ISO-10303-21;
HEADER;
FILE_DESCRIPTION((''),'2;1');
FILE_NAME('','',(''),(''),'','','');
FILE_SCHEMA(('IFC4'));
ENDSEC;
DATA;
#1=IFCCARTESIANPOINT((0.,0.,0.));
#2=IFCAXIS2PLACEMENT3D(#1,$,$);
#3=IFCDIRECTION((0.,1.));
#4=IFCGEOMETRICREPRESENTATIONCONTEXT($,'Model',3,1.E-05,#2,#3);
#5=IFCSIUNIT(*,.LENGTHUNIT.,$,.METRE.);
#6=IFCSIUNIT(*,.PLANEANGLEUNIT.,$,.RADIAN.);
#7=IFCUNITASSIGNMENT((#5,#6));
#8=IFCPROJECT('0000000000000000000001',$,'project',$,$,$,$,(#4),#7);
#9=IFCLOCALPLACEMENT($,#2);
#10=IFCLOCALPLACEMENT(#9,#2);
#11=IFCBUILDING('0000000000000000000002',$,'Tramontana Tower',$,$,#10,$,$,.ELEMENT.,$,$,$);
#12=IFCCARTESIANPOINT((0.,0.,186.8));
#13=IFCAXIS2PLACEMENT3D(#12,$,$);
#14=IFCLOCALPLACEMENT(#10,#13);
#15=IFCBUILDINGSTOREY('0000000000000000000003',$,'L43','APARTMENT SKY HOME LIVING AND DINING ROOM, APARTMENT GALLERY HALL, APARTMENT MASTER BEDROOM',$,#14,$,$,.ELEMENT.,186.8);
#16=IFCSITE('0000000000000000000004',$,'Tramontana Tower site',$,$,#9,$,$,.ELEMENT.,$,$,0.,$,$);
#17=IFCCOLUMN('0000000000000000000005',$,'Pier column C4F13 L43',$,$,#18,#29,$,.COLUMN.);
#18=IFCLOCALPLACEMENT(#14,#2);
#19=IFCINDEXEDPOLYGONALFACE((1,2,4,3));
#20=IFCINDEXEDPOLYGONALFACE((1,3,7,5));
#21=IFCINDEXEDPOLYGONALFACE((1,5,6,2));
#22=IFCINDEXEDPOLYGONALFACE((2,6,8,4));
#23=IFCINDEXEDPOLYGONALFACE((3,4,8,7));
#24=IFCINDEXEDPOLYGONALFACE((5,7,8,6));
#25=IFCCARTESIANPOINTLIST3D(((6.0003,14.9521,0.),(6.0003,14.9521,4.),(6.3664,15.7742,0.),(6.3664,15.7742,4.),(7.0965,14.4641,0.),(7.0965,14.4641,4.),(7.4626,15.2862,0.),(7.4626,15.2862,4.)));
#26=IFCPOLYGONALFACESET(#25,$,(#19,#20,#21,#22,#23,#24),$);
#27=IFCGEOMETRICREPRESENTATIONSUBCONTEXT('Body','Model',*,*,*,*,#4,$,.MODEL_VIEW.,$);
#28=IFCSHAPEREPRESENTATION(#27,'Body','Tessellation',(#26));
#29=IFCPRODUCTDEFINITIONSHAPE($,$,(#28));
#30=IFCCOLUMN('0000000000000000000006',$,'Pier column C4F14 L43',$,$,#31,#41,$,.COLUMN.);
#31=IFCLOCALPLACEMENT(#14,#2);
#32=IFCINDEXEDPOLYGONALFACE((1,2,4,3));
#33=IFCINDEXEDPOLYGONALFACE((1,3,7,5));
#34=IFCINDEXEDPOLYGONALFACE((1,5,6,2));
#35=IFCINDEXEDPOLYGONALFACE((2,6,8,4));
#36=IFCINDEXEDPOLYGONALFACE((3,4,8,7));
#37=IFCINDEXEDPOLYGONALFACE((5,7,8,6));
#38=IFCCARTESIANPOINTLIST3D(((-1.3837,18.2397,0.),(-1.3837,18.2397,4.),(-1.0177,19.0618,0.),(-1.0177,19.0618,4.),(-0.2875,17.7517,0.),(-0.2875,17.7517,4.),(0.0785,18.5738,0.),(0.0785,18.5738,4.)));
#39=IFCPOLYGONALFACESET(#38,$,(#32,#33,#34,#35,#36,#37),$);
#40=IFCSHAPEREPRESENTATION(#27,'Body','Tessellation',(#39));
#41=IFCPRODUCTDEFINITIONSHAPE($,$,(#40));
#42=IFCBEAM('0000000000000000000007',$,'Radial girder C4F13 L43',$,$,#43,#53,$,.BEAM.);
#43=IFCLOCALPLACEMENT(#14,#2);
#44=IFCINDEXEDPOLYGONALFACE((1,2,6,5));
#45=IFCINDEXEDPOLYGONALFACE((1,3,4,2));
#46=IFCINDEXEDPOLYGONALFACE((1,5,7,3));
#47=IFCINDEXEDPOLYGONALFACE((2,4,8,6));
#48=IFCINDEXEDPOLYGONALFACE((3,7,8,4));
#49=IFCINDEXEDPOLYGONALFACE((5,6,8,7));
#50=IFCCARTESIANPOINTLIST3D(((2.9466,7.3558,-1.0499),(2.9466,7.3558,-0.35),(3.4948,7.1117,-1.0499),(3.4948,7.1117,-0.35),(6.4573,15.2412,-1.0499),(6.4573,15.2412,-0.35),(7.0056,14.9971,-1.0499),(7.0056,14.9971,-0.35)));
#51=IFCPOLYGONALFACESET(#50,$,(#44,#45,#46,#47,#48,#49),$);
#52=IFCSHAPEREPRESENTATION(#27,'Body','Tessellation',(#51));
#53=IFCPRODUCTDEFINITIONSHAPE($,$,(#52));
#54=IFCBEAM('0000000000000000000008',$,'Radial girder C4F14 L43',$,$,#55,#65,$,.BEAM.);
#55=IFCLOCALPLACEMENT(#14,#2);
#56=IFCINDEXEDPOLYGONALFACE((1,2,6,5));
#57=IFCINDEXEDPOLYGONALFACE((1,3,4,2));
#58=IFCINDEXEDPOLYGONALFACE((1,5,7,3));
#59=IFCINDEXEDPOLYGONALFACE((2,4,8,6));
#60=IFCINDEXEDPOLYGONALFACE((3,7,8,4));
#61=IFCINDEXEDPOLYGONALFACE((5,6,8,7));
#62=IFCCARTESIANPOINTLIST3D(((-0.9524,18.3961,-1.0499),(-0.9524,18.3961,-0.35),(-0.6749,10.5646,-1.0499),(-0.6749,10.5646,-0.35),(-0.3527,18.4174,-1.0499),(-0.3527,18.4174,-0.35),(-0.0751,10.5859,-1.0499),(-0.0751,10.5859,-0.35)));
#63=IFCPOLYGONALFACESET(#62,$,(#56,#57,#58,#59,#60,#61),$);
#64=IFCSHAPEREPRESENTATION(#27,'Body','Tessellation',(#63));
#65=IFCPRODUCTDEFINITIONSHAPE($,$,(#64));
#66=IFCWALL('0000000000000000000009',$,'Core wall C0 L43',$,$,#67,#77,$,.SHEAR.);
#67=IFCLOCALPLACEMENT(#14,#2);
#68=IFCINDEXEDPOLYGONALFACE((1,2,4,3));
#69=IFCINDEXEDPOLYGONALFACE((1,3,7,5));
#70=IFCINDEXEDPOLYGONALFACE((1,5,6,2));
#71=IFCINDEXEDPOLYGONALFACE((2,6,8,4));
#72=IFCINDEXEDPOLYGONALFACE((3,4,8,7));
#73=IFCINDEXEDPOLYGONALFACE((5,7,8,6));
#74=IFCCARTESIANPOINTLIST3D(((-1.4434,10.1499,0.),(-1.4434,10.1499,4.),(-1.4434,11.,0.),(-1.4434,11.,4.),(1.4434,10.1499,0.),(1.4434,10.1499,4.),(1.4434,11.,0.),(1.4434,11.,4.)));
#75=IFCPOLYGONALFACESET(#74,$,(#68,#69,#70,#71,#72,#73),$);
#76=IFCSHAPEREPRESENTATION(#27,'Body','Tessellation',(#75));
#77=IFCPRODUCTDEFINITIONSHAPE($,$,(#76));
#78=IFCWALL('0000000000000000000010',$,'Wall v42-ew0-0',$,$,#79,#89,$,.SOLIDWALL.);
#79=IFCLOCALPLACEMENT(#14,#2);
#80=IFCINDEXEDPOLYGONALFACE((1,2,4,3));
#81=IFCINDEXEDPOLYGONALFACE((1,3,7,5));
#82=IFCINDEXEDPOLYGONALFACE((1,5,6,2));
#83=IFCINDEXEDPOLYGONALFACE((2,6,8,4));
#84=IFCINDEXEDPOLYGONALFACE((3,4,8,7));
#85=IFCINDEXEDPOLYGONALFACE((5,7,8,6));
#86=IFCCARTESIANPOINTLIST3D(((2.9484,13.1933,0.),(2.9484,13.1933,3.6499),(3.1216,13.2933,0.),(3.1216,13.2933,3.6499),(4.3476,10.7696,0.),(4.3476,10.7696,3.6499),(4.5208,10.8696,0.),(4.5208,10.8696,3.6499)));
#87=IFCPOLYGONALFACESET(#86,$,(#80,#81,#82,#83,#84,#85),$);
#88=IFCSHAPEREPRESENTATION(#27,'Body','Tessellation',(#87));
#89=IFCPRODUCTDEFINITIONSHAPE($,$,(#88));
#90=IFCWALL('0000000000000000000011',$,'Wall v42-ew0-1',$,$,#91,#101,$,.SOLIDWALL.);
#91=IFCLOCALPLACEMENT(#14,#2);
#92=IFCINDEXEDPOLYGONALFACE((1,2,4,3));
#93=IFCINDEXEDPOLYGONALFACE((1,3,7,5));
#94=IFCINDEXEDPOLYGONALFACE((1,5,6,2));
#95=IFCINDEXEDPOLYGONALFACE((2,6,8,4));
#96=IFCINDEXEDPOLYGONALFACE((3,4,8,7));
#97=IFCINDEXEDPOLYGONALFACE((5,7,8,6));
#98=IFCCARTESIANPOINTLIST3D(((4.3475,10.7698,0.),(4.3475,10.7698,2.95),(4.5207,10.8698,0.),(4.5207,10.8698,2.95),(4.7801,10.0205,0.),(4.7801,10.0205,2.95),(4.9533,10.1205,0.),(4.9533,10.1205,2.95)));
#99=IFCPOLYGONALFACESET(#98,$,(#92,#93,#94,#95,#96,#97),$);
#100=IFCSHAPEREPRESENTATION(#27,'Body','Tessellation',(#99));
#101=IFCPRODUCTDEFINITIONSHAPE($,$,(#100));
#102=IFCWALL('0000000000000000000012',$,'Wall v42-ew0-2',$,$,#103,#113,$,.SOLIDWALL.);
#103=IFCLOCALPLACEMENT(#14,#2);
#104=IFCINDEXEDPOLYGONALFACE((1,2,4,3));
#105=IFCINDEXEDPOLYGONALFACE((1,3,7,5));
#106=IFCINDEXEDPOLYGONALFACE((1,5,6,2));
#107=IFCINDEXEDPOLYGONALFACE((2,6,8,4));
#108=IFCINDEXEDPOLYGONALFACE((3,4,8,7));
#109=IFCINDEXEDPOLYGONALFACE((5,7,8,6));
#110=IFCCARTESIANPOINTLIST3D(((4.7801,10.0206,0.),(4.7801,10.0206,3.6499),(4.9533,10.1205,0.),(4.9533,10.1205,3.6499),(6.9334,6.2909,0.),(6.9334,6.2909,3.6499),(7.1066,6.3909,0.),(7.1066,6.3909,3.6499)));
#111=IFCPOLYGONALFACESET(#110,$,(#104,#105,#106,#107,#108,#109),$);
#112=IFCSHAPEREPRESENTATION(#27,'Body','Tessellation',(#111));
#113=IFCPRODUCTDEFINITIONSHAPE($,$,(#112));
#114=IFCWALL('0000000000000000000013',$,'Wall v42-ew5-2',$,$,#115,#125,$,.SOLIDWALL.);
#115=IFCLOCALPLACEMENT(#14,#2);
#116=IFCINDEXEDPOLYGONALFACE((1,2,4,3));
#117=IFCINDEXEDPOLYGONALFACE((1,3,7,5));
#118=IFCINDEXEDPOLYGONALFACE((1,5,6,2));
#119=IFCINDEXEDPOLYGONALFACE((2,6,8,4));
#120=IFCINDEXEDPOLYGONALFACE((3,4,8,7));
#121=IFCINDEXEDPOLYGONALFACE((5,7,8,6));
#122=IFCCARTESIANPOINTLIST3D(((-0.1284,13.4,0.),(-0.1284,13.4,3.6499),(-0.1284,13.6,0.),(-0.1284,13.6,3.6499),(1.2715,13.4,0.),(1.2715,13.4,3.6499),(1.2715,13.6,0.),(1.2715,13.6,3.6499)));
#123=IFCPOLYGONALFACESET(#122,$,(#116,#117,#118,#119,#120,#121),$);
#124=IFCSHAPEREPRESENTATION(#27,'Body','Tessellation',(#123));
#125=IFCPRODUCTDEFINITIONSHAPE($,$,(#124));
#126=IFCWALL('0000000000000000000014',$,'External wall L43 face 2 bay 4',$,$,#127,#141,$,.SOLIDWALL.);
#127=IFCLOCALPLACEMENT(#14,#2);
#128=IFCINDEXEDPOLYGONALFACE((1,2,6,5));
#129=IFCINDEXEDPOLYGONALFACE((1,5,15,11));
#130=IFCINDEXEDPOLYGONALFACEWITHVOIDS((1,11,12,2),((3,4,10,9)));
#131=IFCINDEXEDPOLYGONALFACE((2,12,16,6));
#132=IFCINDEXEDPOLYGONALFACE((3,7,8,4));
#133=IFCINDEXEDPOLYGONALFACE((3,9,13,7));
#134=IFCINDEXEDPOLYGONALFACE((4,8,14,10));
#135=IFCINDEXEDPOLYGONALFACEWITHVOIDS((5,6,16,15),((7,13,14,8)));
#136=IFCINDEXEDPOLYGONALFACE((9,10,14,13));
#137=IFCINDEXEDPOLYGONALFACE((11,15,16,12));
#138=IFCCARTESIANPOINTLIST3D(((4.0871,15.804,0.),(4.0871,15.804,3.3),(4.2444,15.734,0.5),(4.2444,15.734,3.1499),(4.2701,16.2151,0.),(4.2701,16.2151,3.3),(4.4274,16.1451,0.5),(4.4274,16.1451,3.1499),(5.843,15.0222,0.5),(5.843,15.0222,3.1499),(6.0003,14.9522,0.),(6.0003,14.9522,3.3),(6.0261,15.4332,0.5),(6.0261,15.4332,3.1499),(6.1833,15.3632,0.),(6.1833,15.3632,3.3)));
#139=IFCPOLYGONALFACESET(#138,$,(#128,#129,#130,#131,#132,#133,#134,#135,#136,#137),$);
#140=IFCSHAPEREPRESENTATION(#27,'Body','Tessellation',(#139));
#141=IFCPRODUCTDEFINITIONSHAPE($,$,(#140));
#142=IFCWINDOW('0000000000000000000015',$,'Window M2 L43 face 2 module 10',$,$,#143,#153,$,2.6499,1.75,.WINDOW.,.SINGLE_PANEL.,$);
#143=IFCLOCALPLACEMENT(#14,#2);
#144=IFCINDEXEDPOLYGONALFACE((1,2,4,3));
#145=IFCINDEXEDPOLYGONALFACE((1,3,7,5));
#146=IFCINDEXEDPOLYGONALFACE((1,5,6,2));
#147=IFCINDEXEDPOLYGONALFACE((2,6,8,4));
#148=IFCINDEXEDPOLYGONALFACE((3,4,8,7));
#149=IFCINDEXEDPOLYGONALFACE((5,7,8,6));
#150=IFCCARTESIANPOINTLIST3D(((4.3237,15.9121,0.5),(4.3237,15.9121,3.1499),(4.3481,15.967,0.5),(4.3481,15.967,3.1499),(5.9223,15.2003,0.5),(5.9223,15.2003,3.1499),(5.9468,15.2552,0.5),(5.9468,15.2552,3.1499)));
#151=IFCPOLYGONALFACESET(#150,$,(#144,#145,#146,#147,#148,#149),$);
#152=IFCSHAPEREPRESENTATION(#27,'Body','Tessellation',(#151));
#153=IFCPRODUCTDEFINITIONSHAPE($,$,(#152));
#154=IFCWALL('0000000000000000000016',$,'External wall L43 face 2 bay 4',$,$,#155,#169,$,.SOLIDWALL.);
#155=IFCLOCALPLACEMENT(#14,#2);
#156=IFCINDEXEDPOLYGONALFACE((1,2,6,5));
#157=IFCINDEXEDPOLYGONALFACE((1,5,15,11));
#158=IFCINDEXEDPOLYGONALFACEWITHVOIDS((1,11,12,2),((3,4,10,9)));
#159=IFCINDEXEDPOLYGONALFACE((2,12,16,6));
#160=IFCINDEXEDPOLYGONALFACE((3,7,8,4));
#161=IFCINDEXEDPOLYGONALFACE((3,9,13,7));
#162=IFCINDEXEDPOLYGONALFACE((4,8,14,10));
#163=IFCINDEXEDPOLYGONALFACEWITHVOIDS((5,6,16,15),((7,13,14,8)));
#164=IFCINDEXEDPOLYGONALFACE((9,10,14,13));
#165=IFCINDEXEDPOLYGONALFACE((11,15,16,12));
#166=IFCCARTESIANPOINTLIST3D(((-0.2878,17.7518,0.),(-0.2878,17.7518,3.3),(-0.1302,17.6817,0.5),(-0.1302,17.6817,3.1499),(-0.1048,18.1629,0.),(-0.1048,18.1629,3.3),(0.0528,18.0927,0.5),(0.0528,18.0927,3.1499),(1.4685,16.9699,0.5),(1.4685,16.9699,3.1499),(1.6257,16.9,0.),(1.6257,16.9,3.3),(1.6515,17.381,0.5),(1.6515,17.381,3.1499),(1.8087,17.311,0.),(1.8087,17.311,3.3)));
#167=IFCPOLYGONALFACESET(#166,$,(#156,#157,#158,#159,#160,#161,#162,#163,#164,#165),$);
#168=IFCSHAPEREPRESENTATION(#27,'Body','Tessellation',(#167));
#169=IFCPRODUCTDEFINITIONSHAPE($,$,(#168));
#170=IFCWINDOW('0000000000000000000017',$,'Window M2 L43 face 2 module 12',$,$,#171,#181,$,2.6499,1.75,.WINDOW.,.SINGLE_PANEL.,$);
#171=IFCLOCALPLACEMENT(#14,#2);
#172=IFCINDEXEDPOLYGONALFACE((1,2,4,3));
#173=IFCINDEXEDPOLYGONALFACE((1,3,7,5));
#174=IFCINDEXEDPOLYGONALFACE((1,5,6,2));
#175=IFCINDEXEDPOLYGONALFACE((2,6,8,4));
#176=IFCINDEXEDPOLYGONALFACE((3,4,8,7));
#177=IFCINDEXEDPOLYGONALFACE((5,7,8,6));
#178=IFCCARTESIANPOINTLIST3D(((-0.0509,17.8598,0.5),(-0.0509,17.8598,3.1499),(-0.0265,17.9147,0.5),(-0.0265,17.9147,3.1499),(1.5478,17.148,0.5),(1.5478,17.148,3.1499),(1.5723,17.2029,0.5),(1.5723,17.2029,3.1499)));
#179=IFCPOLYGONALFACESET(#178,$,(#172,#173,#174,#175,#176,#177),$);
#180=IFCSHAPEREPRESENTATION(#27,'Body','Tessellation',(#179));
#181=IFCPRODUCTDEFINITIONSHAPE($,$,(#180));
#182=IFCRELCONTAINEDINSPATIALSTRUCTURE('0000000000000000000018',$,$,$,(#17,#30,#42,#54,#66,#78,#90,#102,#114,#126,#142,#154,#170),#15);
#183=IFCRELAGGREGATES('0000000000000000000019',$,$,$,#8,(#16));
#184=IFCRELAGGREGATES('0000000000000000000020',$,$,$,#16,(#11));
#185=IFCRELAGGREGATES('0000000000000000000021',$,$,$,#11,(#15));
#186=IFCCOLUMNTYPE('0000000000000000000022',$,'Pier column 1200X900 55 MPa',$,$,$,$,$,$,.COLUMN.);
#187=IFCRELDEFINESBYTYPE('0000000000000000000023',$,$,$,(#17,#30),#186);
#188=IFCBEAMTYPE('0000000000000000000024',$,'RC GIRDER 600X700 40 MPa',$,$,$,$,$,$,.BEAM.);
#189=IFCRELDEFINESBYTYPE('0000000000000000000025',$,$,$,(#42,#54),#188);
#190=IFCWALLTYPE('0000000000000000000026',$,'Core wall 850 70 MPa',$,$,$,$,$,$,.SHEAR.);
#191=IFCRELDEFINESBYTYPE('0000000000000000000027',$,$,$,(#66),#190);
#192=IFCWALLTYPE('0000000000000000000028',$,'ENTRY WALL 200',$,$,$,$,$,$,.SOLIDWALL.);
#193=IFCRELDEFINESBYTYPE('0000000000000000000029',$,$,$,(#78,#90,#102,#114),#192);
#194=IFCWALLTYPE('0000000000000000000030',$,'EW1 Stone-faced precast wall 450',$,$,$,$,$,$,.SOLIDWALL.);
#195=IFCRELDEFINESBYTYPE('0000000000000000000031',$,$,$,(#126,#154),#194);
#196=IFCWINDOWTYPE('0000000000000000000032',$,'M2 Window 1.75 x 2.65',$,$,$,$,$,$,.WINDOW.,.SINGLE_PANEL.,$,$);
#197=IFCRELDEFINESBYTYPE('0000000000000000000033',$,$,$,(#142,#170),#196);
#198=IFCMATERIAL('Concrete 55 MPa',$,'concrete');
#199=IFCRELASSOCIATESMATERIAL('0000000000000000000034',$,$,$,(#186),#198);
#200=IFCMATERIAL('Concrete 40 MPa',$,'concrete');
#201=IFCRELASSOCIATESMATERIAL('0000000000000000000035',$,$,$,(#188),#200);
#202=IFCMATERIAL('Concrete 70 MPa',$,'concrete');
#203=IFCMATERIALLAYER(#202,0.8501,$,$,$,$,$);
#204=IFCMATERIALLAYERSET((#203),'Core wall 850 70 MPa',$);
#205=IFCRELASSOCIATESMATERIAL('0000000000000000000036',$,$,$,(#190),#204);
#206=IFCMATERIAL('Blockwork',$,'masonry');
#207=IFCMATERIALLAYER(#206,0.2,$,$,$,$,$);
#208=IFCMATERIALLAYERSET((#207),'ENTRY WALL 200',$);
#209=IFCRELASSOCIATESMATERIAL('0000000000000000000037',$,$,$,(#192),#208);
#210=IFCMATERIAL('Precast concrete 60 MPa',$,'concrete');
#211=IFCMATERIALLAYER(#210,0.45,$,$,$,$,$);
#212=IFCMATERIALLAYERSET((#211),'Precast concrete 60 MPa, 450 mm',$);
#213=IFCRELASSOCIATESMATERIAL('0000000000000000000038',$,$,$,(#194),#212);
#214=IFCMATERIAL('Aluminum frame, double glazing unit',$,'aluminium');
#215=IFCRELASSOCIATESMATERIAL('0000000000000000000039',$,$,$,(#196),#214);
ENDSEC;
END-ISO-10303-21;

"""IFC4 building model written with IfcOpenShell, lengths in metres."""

from ifc_helpers import new_model, si_unit, direction, frame, frame_2d, origin, origin_2d, place, context, subcontext, project, spatial, rectangle, extrude, material, layer, layer_set, material_profile, profile_set, type_object, element, fill, save


model = new_model("IFC4")

# Units and contexts
model_context = context("Model", 3, precision=1e-05, world=origin(), true_north=direction((0.0, 1.0)))
body_context = subcontext(model_context, "Body", "Model", "MODEL_VIEW")
ifc_project = project(units=[si_unit("LENGTHUNIT", "METRE"), si_unit("PLANEANGLEUNIT", "RADIAN")], contexts=[model_context])

# Site, building, storey
site_placement = place(None, origin())
site = spatial("IfcSite", under=ifc_project, at=site_placement, Name="Tramontana Tower site", CompositionType="ELEMENT", RefElevation=0.0)
building_placement = place(site_placement, origin())
building = spatial("IfcBuilding", under=site, at=building_placement, Name="Tramontana Tower", CompositionType="ELEMENT")
storey_placement = place(building_placement, frame((0.0, 0.0, 186.8)))
storey = spatial("IfcBuildingStorey", under=building, at=storey_placement, Name="L43", Description="APARTMENT SKY HOME LIVING AND DINING ROOM, APARTMENT GALLERY HALL, APARTMENT MASTER BEDROOM", CompositionType="ELEMENT", Elevation=186.8)

# Columns
ifc_material_1 = material(Name="Concrete 55 MPa", Category="concrete")
ifc_material_profile_1 = material_profile(ifc_material_1, rectangle(XDim=1.2, YDim=0.8999, at=origin_2d()), Name="Pier column 1200X900 55 MPa")
ifc_profile_set_1 = profile_set([ifc_material_profile_1], Name="Concrete 55 MPa")
column_type = type_object("IfcColumnType", Name="Pier column 1200X900 55 MPa", PredefinedType="COLUMN", material=ifc_profile_set_1)
for number, where, z_axis, x_axis, name in (
    (1, (6.7314, 15.1191, 0.0), (0.0, 0.0, 1.0), (-0.913545, 0.406737, 0.0), "Pier column C4F13 L43"),
    (2, (-0.6526, 18.4067, 0.0), (0.0, 0.0, 1.0), (-0.913545, 0.406737, 0.0), "Pier column C4F14 L43"),
):
    element("IfcColumn", number, at=place(storey_placement, frame(where, z_axis=z_axis, x_axis=x_axis)), inside=storey, type_object=column_type, Name=name, PredefinedType="COLUMN", context=body_context, shape_type="SweptSolid", body=[
        extrude(rectangle(XDim=1.2, YDim=0.8999, at=origin_2d()), origin(), (0.0, 0.0, 1.0), 4.0),
    ])

# Beams
ifc_material_2 = material(Name="Concrete 40 MPa", Category="concrete")
ifc_material_profile_2 = material_profile(ifc_material_2, rectangle(XDim=0.6001, YDim=0.7, at=origin_2d()), Name="RC GIRDER 600X700 40 MPa")
ifc_profile_set_2 = profile_set([ifc_material_profile_2], Name="Concrete 40 MPa")
beam_type = type_object("IfcBeamType", Name="RC GIRDER 600X700 40 MPa", PredefinedType="BEAM", material=ifc_profile_set_2)
beam_1_placement = place(storey_placement, frame((6.7314, 15.1191, -0.7), z_axis=(-0.406737, -0.913545, 0.0), x_axis=(0.913545, -0.406737, 0.0)))
element("IfcBeam", 3, at=beam_1_placement, inside=storey, type_object=beam_type, Name="Radial girder C4F13 L43", PredefinedType="BEAM", context=body_context, shape_type="SweptSolid", body=[
    extrude(rectangle(XDim=0.6001, YDim=0.7, at=origin_2d()), origin(), (0.0, 0.0, 1.0), 8.6316),
])
beam_2_placement = place(storey_placement, frame((-0.6526, 18.4067, -0.7), z_axis=(0.035423, -0.999372, 0.0), x_axis=(0.999372, 0.035423, 0.0)))
element("IfcBeam", 4, at=beam_2_placement, inside=storey, type_object=beam_type, Name="Radial girder C4F14 L43", PredefinedType="BEAM", context=body_context, shape_type="SweptSolid", body=[
    extrude(rectangle(XDim=0.6001, YDim=0.7, at=origin_2d()), origin(), (0.0, 0.0, 1.0), 7.8364),
])

# Walls
ifc_material_3 = material(Name="Concrete 70 MPa", Category="concrete")
ifc_layer_1 = layer(ifc_material_3, 0.8501)
ifc_layer_set_1 = layer_set([ifc_layer_1], Name="Core wall 850 70 MPa")
wall_type_1 = type_object("IfcWallType", Name="Core wall 850 70 MPa", PredefinedType="SHEAR", material=ifc_layer_set_1)
wall_1_placement = place(storey_placement, frame((1.4434, 10.575, 0.0), z_axis=(0.0, 0.0, 1.0), x_axis=(-1.0, 0.0, 0.0)))
element("IfcWall", 5, at=wall_1_placement, inside=storey, type_object=wall_type_1, Name="Core wall C0 L43", PredefinedType="SHEAR", context=body_context, shape_type="SweptSolid", body=[
    extrude(rectangle(XDim=2.8867, YDim=0.8501, at=frame_2d((1.4434, 0.0))), origin(), (0.0, 0.0, 1.0), 4.0),
])
ifc_material_4 = material(Name="Blockwork", Category="masonry")
ifc_layer_2 = layer(ifc_material_4, 0.2)
ifc_layer_set_2 = layer_set([ifc_layer_2], Name="ENTRY WALL 200")
wall_type_2 = type_object("IfcWallType", Name="ENTRY WALL 200", PredefinedType="SOLIDWALL", material=ifc_layer_set_2)
wall_2_placement = place(storey_placement, frame((3.0349, 13.2434, 0.0), z_axis=(0.0, 0.0, 1.0), x_axis=(0.499977, -0.866039, 0.0)))
element("IfcWall", 6, at=wall_2_placement, inside=storey, type_object=wall_type_2, Name="Wall v42-ew0-0", PredefinedType="SOLIDWALL", context=body_context, shape_type="SweptSolid", body=[
    extrude(rectangle(XDim=2.7986, YDim=0.2, at=frame_2d((1.3994, 0.0))), origin(), (0.0, 0.0, 1.0), 3.6499),
])
wall_3_placement = place(storey_placement, frame((4.4341, 10.8198, 0.0), z_axis=(0.0, 0.0, 1.0), x_axis=(0.500024, -0.866012, 0.0)))
element("IfcWall", 7, at=wall_3_placement, inside=storey, type_object=wall_type_2, Name="Wall v42-ew0-1", PredefinedType="SOLIDWALL", context=body_context, shape_type="SweptSolid", body=[
    extrude(rectangle(XDim=0.8652, YDim=0.2, at=frame_2d((0.4326, 0.0))), origin(), (0.0, 0.0, 1.0), 2.95),
])
wall_4_placement = place(storey_placement, frame((4.8667, 10.0706, 0.0), z_axis=(0.0, 0.0, 1.0), x_axis=(0.499992, -0.86603, 0.0)))
element("IfcWall", 8, at=wall_4_placement, inside=storey, type_object=wall_type_2, Name="Wall v42-ew0-2", PredefinedType="SOLIDWALL", context=body_context, shape_type="SweptSolid", body=[
    extrude(rectangle(XDim=4.3066, YDim=0.2, at=frame_2d((2.1533, 0.0))), origin(), (0.0, 0.0, 1.0), 3.6499),
])
wall_5_placement = place(storey_placement, frame((-0.1284, 13.5, 0.0), z_axis=(0.0, 0.0, 1.0), x_axis=(1.0, 0.0, 0.0)))
element("IfcWall", 9, at=wall_5_placement, inside=storey, type_object=wall_type_2, Name="Wall v42-ew5-2", PredefinedType="SOLIDWALL", context=body_context, shape_type="SweptSolid", body=[
    extrude(rectangle(XDim=1.3999, YDim=0.2, at=frame_2d((0.7, 0.0))), origin(), (0.0, 0.0, 1.0), 3.6499),
])

# Walls, openings, windows
ifc_material_5 = material(Name="Precast concrete 60 MPa", Category="concrete")
ifc_layer_3 = layer(ifc_material_5, 0.45)
ifc_layer_set_3 = layer_set([ifc_layer_3], Name="Precast concrete 60 MPa, 450 mm")
wall_type_3 = type_object("IfcWallType", Name="EW1 Stone-faced precast wall 450", PredefinedType="SOLIDWALL", material=ifc_layer_set_3)
wall_6_placement = place(storey_placement, frame((6.0918, 15.1577, 0.0), z_axis=(0.0, 0.0, 1.0), x_axis=(-0.913537, 0.406755, 0.0)))
wall_6 = element("IfcWall", 10, at=wall_6_placement, inside=storey, type_object=wall_type_3, Name="External wall L43 face 2 bay 4", PredefinedType="SOLIDWALL", context=body_context, shape_type="SweptSolid", body=[
    extrude(rectangle(XDim=2.0942, YDim=0.45, at=frame_2d((1.0471, 0.0))), origin(), (0.0, 0.0, 1.0), 3.3),
])
opening_1_placement = place(wall_6_placement, frame((0.1721, 0.0, 0.5)))
opening_1 = element("IfcOpeningElement", 11, at=opening_1_placement, cuts=wall_6, PredefinedType="OPENING", context=body_context, shape_type="SweptSolid", body=[
    extrude(rectangle(XDim=1.75, YDim=2.6499, at=frame_2d((0.875, 1.325))), frame((0.0, 0.2349, 0.0), z_axis=(0.0, -1.0, 0.0), x_axis=(1.0, 0.0, 0.0)), (0.0, 0.0, 1.0), 0.47),
])
ifc_material_6 = material(Name="Aluminum frame, double glazing unit", Category="aluminium")
window_type = type_object("IfcWindowType", Name="M2 Window 1.75 x 2.65", PartitioningType="SINGLE_PANEL", PredefinedType="WINDOW", material=ifc_material_6)
window_1_placement = place(opening_1_placement, origin())
window_1 = element("IfcWindow", 12, at=window_1_placement, inside=storey, type_object=window_type, Name="Window M2 L43 face 2 module 10", OverallHeight=2.6499, OverallWidth=1.75, PartitioningType="SINGLE_PANEL", PredefinedType="WINDOW", context=body_context, shape_type="SweptSolid", body=[
    extrude(rectangle(XDim=1.75, YDim=2.6499, at=frame_2d((0.875, 1.325))), frame((0.0, 0.03, 0.0), z_axis=(0.0, -1.0, 0.0), x_axis=(1.0, 0.0, 0.0)), (0.0, 0.0, 1.0), 0.0601),
])
fill(opening_1, window_1)
wall_7_placement = place(storey_placement, frame((1.7173, 17.1055, 0.0), z_axis=(0.0, 0.0, 1.0), x_axis=(-0.913557, 0.406712, 0.0)))
wall_7 = element("IfcWall", 13, at=wall_7_placement, inside=storey, type_object=wall_type_3, Name="External wall L43 face 2 bay 4", PredefinedType="SOLIDWALL", context=body_context, shape_type="SweptSolid", body=[
    extrude(rectangle(XDim=2.0945, YDim=0.45, at=frame_2d((1.0474, 0.0))), origin(), (0.0, 0.0, 1.0), 3.3),
])
opening_2_placement = place(wall_7_placement, frame((0.1721, 0.0, 0.5)))
opening_2 = element("IfcOpeningElement", 14, at=opening_2_placement, cuts=wall_7, PredefinedType="OPENING", context=body_context, shape_type="SweptSolid", body=[
    extrude(rectangle(XDim=1.75, YDim=2.6499, at=frame_2d((0.875, 1.325))), frame((0.0, 0.2349, 0.0), z_axis=(0.0, -1.0, 0.0), x_axis=(1.0, 0.0, 0.0)), (0.0, 0.0, 1.0), 0.47),
])
window_2_placement = place(opening_2_placement, origin())
window_2 = element("IfcWindow", 15, at=window_2_placement, inside=storey, type_object=window_type, Name="Window M2 L43 face 2 module 12", OverallHeight=2.6499, OverallWidth=1.75, PartitioningType="SINGLE_PANEL", PredefinedType="WINDOW", context=body_context, shape_type="SweptSolid", body=[
    extrude(rectangle(XDim=1.75, YDim=2.6499, at=frame_2d((0.875, 1.325))), frame((0.0, 0.03, 0.0), z_axis=(0.0, -1.0, 0.0), x_axis=(1.0, 0.0, 0.0)), (0.0, 0.0, 1.0), 0.0601),
])
fill(opening_2, window_2)

save(model, "model.ifc")
